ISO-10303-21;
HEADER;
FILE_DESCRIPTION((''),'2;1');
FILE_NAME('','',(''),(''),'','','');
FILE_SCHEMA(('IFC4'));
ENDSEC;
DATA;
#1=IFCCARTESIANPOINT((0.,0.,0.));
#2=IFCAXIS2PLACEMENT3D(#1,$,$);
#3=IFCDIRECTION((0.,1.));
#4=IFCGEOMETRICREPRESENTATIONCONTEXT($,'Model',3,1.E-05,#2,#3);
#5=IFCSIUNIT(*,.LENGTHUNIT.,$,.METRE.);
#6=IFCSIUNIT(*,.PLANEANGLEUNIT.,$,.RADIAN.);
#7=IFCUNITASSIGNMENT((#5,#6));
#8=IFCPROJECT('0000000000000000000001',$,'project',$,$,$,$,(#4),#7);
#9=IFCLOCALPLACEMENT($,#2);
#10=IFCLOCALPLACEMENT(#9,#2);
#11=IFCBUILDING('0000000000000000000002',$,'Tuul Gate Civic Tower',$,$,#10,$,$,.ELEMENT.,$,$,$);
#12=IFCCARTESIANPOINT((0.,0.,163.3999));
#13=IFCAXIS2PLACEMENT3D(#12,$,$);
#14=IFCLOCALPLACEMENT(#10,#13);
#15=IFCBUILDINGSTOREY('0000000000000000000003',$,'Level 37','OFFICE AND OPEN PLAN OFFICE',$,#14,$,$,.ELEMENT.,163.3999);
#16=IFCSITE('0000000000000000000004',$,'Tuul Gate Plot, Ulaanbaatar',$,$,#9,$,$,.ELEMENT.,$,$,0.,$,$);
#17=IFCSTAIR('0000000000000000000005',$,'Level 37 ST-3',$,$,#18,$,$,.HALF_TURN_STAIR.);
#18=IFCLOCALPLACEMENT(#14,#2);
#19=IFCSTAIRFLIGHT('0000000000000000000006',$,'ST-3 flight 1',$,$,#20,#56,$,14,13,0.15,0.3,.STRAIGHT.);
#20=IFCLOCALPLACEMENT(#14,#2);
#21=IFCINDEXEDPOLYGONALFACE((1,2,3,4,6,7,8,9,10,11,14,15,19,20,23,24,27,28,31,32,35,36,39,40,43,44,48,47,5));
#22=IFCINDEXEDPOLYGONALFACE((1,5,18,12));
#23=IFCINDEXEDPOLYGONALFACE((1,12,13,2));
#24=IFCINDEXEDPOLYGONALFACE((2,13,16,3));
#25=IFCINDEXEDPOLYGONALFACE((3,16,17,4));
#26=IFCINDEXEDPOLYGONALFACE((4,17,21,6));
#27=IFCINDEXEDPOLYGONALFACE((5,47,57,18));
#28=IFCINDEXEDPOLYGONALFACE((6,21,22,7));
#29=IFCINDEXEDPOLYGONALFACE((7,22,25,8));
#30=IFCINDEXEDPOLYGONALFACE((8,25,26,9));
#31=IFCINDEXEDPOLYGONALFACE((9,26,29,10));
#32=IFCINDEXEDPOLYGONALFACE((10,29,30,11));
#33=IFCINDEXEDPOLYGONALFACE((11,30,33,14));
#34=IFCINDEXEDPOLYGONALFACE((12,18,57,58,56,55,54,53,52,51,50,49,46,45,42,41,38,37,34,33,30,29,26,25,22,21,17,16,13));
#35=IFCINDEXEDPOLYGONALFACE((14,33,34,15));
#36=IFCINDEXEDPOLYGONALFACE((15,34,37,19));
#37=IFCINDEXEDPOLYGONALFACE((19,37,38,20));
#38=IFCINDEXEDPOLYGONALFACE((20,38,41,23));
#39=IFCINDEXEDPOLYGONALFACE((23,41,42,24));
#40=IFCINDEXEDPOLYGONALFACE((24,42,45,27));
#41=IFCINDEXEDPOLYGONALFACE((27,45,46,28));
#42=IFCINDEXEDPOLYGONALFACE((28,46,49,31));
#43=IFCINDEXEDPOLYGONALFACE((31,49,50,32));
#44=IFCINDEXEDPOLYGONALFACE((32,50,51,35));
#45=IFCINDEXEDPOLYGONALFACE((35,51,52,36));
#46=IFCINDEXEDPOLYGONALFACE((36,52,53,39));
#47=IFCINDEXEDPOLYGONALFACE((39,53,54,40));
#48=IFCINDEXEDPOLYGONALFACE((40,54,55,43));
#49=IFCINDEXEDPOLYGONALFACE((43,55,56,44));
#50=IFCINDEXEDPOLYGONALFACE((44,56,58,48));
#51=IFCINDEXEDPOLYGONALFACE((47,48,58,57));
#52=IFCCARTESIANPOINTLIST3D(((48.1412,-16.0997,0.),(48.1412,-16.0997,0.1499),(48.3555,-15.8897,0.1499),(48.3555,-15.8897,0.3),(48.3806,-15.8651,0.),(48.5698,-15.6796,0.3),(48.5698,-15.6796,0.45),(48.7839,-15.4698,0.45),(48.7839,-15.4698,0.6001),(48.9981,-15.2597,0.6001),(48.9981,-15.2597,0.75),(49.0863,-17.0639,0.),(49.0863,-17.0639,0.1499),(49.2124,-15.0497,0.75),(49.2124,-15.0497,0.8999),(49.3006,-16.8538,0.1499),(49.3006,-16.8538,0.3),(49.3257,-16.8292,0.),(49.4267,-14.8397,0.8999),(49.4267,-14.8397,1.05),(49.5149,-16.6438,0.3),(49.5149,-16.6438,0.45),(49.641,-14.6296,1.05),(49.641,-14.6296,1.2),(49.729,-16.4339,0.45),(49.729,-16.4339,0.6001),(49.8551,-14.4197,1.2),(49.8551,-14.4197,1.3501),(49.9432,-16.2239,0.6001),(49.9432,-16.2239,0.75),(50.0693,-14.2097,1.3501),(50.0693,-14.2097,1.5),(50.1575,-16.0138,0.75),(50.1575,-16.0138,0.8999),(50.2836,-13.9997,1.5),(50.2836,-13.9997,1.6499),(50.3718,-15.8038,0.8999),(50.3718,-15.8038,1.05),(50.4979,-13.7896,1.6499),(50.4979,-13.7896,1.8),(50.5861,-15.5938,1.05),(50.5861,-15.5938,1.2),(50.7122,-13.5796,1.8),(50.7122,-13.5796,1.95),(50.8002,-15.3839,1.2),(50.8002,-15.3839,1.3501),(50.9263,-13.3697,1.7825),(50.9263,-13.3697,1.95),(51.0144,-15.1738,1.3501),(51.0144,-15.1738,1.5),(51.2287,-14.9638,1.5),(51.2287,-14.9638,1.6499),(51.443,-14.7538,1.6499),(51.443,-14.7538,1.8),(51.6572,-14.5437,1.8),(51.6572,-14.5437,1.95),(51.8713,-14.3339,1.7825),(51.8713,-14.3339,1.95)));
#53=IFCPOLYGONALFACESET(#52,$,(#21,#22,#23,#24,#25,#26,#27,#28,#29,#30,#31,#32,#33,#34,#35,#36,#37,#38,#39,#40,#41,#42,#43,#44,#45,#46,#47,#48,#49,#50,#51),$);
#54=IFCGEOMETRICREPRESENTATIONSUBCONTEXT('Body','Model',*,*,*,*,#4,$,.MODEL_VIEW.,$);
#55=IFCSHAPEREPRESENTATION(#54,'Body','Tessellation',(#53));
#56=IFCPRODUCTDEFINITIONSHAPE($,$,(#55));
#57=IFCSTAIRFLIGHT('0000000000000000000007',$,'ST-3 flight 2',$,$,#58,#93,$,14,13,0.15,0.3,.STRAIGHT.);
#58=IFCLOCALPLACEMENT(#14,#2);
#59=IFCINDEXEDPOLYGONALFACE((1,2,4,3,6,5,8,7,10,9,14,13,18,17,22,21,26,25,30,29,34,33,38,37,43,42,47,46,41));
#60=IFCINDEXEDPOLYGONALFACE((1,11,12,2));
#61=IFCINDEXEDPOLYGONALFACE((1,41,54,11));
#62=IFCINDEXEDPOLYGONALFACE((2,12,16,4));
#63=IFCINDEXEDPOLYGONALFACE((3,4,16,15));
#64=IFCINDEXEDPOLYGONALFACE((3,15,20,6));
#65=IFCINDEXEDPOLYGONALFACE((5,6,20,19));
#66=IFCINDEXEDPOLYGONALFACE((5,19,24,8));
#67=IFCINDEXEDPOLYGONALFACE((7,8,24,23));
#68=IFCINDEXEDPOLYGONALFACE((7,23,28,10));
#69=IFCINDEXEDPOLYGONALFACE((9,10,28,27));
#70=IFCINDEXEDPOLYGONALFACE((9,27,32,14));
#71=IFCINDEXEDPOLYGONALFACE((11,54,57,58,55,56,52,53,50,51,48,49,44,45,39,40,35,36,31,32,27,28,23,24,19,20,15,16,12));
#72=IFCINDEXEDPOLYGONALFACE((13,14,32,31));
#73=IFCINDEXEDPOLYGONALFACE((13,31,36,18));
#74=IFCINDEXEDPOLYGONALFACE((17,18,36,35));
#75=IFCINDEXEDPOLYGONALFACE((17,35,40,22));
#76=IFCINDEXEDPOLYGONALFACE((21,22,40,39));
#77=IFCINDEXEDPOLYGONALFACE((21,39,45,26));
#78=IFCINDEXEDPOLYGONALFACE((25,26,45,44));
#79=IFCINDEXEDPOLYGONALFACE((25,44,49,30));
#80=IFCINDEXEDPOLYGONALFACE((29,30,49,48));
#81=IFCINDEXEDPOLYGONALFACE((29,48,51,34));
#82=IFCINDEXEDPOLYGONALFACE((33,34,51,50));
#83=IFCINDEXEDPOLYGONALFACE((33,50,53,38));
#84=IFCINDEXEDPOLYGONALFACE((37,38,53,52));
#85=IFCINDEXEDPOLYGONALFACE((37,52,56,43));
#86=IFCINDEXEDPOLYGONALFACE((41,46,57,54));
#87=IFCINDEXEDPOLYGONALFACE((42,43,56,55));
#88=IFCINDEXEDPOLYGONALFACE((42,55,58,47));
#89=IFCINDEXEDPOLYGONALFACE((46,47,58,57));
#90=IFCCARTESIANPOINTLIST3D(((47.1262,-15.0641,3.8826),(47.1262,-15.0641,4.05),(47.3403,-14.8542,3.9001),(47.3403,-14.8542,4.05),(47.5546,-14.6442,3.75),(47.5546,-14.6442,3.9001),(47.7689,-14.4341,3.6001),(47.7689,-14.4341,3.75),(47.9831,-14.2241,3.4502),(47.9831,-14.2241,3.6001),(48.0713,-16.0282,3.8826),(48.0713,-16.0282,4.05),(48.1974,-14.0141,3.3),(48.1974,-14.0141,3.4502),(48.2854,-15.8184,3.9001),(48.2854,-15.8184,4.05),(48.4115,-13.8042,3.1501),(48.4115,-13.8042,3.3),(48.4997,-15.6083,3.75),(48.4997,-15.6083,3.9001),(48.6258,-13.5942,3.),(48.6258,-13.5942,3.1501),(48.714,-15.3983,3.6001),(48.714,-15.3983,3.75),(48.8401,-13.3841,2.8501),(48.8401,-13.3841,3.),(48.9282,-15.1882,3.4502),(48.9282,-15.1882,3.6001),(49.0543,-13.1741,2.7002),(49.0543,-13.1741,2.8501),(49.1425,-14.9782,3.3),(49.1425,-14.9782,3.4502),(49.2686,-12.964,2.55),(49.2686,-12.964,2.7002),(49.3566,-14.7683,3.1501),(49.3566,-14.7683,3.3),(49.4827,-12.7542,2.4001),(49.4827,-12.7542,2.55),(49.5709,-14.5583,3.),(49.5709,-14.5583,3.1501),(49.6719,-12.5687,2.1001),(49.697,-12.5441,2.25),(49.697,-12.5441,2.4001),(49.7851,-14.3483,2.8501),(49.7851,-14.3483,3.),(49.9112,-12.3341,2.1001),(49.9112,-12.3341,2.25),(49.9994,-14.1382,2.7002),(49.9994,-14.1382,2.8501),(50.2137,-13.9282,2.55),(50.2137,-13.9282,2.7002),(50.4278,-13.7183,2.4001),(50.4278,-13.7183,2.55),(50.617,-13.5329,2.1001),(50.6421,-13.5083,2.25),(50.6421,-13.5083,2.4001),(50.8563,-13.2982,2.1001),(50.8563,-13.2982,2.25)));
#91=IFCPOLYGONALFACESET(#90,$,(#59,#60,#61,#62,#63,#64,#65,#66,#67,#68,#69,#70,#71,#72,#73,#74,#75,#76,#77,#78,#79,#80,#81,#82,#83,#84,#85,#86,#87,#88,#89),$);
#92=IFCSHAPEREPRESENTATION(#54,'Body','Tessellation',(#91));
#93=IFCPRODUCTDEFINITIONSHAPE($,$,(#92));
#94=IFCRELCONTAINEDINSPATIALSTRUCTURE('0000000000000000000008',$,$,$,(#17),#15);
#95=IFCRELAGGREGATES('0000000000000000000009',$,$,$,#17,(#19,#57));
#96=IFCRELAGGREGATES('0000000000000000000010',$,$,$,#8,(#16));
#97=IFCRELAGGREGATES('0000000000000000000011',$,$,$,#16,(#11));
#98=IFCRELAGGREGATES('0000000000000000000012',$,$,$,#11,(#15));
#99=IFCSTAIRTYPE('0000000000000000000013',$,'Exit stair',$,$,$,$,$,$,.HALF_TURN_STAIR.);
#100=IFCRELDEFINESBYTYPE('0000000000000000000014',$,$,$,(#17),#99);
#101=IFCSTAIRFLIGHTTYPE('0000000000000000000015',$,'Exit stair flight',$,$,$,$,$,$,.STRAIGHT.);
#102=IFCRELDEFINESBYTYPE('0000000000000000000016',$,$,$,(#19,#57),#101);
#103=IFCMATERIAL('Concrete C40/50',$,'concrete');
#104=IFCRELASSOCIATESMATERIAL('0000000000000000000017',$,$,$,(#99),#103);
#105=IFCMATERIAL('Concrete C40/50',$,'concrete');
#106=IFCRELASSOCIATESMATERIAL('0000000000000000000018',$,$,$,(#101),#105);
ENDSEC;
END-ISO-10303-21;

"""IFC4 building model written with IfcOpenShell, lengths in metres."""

from ifc_helpers import new_model, si_unit, direction, frame, origin, place, context, subcontext, project, spatial, polyline, outline, extrude, material, type_object, element, aggregate, save


model = new_model("IFC4")

# Units and contexts
model_context = context("Model", 3, precision=1e-05, world=origin(), true_north=direction((0.0, 1.0)))
body_context = subcontext(model_context, "Body", "Model", "MODEL_VIEW")
ifc_project = project(units=[si_unit("LENGTHUNIT", "METRE"), si_unit("PLANEANGLEUNIT", "RADIAN")], contexts=[model_context])

# Site, building, storey
site_placement = place(None, origin())
site = spatial("IfcSite", under=ifc_project, at=site_placement, Name="Tuul Gate Plot, Ulaanbaatar", CompositionType="ELEMENT", RefElevation=0.0)
building_placement = place(site_placement, origin())
building = spatial("IfcBuilding", under=site, at=building_placement, Name="Tuul Gate Civic Tower", CompositionType="ELEMENT")
storey_placement = place(building_placement, frame((0.0, 0.0, 163.3999)))
storey = spatial("IfcBuildingStorey", under=building, at=storey_placement, Name="Level 37", Description="OFFICE AND OPEN PLAN OFFICE", CompositionType="ELEMENT", Elevation=163.3999)

# Stair, stair flights
ifc_material_1 = material(Name="Concrete C40/50", Category="concrete")
stair_type = type_object("IfcStairType", Name="Exit stair", PredefinedType="HALF_TURN_STAIR", material=ifc_material_1)
stair_placement = place(storey_placement, origin())
stair = element("IfcStair", 1, at=stair_placement, inside=storey, type_object=stair_type, Name="Level 37 ST-3", PredefinedType="HALF_TURN_STAIR")
ifc_material_2 = material(Name="Concrete C40/50", Category="concrete")
stair_flight_type = type_object("IfcStairFlightType", Name="Exit stair flight", PredefinedType="STRAIGHT", material=ifc_material_2)
stair_flight_1_placement = place(storey_placement, frame((48.6138, -16.5818, 0.0), z_axis=(0.0, 0.0, 1.0), x_axis=(0.714127, 0.700016, 0.0)))
stair_flight_1 = element("IfcStairFlight", 2, at=stair_flight_1_placement, type_object=stair_flight_type, Name="ST-3 flight 1", NumberOfRisers=14, NumberOfTreads=13, PredefinedType="STRAIGHT", RiserHeight=0.15, TreadLength=0.3, context=body_context, shape_type="SweptSolid", body=[
    extrude(outline(polyline([(0.0, 0.0), (0.0, 0.1499), (0.3, 0.1499), (0.3, 0.3), (0.6001, 0.3), (0.6001, 0.45), (0.8999, 0.45), (0.8999, 0.6001), (1.2, 0.6001), (1.2, 0.75), (1.5, 0.75), (1.5, 0.8999), (1.8, 0.8999), (1.8, 1.05), (2.1001, 1.05), (2.1001, 1.2), (2.3999, 1.2), (2.3999, 1.3501), (2.7, 1.3501), (2.7, 1.5), (3.0, 1.5), (3.0, 1.6499), (3.3, 1.6499), (3.3, 1.8), (3.6001, 1.8), (3.6001, 1.95), (3.8999, 1.95), (3.8999, 2.1001), (3.8999, 1.7825), (0.3352, 0.0), (0.0, 0.0)])), frame((0.0, 0.675, 0.0), z_axis=(0.0, -1.0, 0.0), x_axis=(1.0, 0.0, 0.0)), (0.0, 0.0, 1.0), 1.3501),
])
stair_flight_2_placement = place(storey_placement, frame((50.3838, -12.8162, 2.1001), z_axis=(0.0, 0.0, 1.0), x_axis=(-0.714127, -0.700016, 0.0)))
stair_flight_2 = element("IfcStairFlight", 3, at=stair_flight_2_placement, type_object=stair_flight_type, Name="ST-3 flight 2", NumberOfRisers=14, NumberOfTreads=13, PredefinedType="STRAIGHT", RiserHeight=0.15, TreadLength=0.3, context=body_context, shape_type="SweptSolid", body=[
    extrude(outline(polyline([(0.0, 0.0), (0.0, 0.1499), (0.3, 0.1499), (0.3, 0.3), (0.6001, 0.3), (0.6001, 0.45), (0.8999, 0.45), (0.8999, 0.6001), (1.2, 0.6001), (1.2, 0.75), (1.5, 0.75), (1.5, 0.8999), (1.8, 0.8999), (1.8, 1.05), (2.1001, 1.05), (2.1001, 1.2), (2.3999, 1.2), (2.3999, 1.3501), (2.7, 1.3501), (2.7, 1.5), (3.0, 1.5), (3.0, 1.6499), (3.3, 1.6499), (3.3, 1.8), (3.6001, 1.8), (3.6001, 1.95), (3.8999, 1.95), (3.8999, 2.1001), (3.8999, 1.7825), (0.3352, 0.0), (0.0, 0.0)])), frame((0.0, 0.675, 0.0), z_axis=(0.0, -1.0, 0.0), x_axis=(1.0, 0.0, 0.0)), (0.0, 0.0, 1.0), 1.3501),
])
aggregate(stair, [stair_flight_1, stair_flight_2])

save(model, "model.ifc")
